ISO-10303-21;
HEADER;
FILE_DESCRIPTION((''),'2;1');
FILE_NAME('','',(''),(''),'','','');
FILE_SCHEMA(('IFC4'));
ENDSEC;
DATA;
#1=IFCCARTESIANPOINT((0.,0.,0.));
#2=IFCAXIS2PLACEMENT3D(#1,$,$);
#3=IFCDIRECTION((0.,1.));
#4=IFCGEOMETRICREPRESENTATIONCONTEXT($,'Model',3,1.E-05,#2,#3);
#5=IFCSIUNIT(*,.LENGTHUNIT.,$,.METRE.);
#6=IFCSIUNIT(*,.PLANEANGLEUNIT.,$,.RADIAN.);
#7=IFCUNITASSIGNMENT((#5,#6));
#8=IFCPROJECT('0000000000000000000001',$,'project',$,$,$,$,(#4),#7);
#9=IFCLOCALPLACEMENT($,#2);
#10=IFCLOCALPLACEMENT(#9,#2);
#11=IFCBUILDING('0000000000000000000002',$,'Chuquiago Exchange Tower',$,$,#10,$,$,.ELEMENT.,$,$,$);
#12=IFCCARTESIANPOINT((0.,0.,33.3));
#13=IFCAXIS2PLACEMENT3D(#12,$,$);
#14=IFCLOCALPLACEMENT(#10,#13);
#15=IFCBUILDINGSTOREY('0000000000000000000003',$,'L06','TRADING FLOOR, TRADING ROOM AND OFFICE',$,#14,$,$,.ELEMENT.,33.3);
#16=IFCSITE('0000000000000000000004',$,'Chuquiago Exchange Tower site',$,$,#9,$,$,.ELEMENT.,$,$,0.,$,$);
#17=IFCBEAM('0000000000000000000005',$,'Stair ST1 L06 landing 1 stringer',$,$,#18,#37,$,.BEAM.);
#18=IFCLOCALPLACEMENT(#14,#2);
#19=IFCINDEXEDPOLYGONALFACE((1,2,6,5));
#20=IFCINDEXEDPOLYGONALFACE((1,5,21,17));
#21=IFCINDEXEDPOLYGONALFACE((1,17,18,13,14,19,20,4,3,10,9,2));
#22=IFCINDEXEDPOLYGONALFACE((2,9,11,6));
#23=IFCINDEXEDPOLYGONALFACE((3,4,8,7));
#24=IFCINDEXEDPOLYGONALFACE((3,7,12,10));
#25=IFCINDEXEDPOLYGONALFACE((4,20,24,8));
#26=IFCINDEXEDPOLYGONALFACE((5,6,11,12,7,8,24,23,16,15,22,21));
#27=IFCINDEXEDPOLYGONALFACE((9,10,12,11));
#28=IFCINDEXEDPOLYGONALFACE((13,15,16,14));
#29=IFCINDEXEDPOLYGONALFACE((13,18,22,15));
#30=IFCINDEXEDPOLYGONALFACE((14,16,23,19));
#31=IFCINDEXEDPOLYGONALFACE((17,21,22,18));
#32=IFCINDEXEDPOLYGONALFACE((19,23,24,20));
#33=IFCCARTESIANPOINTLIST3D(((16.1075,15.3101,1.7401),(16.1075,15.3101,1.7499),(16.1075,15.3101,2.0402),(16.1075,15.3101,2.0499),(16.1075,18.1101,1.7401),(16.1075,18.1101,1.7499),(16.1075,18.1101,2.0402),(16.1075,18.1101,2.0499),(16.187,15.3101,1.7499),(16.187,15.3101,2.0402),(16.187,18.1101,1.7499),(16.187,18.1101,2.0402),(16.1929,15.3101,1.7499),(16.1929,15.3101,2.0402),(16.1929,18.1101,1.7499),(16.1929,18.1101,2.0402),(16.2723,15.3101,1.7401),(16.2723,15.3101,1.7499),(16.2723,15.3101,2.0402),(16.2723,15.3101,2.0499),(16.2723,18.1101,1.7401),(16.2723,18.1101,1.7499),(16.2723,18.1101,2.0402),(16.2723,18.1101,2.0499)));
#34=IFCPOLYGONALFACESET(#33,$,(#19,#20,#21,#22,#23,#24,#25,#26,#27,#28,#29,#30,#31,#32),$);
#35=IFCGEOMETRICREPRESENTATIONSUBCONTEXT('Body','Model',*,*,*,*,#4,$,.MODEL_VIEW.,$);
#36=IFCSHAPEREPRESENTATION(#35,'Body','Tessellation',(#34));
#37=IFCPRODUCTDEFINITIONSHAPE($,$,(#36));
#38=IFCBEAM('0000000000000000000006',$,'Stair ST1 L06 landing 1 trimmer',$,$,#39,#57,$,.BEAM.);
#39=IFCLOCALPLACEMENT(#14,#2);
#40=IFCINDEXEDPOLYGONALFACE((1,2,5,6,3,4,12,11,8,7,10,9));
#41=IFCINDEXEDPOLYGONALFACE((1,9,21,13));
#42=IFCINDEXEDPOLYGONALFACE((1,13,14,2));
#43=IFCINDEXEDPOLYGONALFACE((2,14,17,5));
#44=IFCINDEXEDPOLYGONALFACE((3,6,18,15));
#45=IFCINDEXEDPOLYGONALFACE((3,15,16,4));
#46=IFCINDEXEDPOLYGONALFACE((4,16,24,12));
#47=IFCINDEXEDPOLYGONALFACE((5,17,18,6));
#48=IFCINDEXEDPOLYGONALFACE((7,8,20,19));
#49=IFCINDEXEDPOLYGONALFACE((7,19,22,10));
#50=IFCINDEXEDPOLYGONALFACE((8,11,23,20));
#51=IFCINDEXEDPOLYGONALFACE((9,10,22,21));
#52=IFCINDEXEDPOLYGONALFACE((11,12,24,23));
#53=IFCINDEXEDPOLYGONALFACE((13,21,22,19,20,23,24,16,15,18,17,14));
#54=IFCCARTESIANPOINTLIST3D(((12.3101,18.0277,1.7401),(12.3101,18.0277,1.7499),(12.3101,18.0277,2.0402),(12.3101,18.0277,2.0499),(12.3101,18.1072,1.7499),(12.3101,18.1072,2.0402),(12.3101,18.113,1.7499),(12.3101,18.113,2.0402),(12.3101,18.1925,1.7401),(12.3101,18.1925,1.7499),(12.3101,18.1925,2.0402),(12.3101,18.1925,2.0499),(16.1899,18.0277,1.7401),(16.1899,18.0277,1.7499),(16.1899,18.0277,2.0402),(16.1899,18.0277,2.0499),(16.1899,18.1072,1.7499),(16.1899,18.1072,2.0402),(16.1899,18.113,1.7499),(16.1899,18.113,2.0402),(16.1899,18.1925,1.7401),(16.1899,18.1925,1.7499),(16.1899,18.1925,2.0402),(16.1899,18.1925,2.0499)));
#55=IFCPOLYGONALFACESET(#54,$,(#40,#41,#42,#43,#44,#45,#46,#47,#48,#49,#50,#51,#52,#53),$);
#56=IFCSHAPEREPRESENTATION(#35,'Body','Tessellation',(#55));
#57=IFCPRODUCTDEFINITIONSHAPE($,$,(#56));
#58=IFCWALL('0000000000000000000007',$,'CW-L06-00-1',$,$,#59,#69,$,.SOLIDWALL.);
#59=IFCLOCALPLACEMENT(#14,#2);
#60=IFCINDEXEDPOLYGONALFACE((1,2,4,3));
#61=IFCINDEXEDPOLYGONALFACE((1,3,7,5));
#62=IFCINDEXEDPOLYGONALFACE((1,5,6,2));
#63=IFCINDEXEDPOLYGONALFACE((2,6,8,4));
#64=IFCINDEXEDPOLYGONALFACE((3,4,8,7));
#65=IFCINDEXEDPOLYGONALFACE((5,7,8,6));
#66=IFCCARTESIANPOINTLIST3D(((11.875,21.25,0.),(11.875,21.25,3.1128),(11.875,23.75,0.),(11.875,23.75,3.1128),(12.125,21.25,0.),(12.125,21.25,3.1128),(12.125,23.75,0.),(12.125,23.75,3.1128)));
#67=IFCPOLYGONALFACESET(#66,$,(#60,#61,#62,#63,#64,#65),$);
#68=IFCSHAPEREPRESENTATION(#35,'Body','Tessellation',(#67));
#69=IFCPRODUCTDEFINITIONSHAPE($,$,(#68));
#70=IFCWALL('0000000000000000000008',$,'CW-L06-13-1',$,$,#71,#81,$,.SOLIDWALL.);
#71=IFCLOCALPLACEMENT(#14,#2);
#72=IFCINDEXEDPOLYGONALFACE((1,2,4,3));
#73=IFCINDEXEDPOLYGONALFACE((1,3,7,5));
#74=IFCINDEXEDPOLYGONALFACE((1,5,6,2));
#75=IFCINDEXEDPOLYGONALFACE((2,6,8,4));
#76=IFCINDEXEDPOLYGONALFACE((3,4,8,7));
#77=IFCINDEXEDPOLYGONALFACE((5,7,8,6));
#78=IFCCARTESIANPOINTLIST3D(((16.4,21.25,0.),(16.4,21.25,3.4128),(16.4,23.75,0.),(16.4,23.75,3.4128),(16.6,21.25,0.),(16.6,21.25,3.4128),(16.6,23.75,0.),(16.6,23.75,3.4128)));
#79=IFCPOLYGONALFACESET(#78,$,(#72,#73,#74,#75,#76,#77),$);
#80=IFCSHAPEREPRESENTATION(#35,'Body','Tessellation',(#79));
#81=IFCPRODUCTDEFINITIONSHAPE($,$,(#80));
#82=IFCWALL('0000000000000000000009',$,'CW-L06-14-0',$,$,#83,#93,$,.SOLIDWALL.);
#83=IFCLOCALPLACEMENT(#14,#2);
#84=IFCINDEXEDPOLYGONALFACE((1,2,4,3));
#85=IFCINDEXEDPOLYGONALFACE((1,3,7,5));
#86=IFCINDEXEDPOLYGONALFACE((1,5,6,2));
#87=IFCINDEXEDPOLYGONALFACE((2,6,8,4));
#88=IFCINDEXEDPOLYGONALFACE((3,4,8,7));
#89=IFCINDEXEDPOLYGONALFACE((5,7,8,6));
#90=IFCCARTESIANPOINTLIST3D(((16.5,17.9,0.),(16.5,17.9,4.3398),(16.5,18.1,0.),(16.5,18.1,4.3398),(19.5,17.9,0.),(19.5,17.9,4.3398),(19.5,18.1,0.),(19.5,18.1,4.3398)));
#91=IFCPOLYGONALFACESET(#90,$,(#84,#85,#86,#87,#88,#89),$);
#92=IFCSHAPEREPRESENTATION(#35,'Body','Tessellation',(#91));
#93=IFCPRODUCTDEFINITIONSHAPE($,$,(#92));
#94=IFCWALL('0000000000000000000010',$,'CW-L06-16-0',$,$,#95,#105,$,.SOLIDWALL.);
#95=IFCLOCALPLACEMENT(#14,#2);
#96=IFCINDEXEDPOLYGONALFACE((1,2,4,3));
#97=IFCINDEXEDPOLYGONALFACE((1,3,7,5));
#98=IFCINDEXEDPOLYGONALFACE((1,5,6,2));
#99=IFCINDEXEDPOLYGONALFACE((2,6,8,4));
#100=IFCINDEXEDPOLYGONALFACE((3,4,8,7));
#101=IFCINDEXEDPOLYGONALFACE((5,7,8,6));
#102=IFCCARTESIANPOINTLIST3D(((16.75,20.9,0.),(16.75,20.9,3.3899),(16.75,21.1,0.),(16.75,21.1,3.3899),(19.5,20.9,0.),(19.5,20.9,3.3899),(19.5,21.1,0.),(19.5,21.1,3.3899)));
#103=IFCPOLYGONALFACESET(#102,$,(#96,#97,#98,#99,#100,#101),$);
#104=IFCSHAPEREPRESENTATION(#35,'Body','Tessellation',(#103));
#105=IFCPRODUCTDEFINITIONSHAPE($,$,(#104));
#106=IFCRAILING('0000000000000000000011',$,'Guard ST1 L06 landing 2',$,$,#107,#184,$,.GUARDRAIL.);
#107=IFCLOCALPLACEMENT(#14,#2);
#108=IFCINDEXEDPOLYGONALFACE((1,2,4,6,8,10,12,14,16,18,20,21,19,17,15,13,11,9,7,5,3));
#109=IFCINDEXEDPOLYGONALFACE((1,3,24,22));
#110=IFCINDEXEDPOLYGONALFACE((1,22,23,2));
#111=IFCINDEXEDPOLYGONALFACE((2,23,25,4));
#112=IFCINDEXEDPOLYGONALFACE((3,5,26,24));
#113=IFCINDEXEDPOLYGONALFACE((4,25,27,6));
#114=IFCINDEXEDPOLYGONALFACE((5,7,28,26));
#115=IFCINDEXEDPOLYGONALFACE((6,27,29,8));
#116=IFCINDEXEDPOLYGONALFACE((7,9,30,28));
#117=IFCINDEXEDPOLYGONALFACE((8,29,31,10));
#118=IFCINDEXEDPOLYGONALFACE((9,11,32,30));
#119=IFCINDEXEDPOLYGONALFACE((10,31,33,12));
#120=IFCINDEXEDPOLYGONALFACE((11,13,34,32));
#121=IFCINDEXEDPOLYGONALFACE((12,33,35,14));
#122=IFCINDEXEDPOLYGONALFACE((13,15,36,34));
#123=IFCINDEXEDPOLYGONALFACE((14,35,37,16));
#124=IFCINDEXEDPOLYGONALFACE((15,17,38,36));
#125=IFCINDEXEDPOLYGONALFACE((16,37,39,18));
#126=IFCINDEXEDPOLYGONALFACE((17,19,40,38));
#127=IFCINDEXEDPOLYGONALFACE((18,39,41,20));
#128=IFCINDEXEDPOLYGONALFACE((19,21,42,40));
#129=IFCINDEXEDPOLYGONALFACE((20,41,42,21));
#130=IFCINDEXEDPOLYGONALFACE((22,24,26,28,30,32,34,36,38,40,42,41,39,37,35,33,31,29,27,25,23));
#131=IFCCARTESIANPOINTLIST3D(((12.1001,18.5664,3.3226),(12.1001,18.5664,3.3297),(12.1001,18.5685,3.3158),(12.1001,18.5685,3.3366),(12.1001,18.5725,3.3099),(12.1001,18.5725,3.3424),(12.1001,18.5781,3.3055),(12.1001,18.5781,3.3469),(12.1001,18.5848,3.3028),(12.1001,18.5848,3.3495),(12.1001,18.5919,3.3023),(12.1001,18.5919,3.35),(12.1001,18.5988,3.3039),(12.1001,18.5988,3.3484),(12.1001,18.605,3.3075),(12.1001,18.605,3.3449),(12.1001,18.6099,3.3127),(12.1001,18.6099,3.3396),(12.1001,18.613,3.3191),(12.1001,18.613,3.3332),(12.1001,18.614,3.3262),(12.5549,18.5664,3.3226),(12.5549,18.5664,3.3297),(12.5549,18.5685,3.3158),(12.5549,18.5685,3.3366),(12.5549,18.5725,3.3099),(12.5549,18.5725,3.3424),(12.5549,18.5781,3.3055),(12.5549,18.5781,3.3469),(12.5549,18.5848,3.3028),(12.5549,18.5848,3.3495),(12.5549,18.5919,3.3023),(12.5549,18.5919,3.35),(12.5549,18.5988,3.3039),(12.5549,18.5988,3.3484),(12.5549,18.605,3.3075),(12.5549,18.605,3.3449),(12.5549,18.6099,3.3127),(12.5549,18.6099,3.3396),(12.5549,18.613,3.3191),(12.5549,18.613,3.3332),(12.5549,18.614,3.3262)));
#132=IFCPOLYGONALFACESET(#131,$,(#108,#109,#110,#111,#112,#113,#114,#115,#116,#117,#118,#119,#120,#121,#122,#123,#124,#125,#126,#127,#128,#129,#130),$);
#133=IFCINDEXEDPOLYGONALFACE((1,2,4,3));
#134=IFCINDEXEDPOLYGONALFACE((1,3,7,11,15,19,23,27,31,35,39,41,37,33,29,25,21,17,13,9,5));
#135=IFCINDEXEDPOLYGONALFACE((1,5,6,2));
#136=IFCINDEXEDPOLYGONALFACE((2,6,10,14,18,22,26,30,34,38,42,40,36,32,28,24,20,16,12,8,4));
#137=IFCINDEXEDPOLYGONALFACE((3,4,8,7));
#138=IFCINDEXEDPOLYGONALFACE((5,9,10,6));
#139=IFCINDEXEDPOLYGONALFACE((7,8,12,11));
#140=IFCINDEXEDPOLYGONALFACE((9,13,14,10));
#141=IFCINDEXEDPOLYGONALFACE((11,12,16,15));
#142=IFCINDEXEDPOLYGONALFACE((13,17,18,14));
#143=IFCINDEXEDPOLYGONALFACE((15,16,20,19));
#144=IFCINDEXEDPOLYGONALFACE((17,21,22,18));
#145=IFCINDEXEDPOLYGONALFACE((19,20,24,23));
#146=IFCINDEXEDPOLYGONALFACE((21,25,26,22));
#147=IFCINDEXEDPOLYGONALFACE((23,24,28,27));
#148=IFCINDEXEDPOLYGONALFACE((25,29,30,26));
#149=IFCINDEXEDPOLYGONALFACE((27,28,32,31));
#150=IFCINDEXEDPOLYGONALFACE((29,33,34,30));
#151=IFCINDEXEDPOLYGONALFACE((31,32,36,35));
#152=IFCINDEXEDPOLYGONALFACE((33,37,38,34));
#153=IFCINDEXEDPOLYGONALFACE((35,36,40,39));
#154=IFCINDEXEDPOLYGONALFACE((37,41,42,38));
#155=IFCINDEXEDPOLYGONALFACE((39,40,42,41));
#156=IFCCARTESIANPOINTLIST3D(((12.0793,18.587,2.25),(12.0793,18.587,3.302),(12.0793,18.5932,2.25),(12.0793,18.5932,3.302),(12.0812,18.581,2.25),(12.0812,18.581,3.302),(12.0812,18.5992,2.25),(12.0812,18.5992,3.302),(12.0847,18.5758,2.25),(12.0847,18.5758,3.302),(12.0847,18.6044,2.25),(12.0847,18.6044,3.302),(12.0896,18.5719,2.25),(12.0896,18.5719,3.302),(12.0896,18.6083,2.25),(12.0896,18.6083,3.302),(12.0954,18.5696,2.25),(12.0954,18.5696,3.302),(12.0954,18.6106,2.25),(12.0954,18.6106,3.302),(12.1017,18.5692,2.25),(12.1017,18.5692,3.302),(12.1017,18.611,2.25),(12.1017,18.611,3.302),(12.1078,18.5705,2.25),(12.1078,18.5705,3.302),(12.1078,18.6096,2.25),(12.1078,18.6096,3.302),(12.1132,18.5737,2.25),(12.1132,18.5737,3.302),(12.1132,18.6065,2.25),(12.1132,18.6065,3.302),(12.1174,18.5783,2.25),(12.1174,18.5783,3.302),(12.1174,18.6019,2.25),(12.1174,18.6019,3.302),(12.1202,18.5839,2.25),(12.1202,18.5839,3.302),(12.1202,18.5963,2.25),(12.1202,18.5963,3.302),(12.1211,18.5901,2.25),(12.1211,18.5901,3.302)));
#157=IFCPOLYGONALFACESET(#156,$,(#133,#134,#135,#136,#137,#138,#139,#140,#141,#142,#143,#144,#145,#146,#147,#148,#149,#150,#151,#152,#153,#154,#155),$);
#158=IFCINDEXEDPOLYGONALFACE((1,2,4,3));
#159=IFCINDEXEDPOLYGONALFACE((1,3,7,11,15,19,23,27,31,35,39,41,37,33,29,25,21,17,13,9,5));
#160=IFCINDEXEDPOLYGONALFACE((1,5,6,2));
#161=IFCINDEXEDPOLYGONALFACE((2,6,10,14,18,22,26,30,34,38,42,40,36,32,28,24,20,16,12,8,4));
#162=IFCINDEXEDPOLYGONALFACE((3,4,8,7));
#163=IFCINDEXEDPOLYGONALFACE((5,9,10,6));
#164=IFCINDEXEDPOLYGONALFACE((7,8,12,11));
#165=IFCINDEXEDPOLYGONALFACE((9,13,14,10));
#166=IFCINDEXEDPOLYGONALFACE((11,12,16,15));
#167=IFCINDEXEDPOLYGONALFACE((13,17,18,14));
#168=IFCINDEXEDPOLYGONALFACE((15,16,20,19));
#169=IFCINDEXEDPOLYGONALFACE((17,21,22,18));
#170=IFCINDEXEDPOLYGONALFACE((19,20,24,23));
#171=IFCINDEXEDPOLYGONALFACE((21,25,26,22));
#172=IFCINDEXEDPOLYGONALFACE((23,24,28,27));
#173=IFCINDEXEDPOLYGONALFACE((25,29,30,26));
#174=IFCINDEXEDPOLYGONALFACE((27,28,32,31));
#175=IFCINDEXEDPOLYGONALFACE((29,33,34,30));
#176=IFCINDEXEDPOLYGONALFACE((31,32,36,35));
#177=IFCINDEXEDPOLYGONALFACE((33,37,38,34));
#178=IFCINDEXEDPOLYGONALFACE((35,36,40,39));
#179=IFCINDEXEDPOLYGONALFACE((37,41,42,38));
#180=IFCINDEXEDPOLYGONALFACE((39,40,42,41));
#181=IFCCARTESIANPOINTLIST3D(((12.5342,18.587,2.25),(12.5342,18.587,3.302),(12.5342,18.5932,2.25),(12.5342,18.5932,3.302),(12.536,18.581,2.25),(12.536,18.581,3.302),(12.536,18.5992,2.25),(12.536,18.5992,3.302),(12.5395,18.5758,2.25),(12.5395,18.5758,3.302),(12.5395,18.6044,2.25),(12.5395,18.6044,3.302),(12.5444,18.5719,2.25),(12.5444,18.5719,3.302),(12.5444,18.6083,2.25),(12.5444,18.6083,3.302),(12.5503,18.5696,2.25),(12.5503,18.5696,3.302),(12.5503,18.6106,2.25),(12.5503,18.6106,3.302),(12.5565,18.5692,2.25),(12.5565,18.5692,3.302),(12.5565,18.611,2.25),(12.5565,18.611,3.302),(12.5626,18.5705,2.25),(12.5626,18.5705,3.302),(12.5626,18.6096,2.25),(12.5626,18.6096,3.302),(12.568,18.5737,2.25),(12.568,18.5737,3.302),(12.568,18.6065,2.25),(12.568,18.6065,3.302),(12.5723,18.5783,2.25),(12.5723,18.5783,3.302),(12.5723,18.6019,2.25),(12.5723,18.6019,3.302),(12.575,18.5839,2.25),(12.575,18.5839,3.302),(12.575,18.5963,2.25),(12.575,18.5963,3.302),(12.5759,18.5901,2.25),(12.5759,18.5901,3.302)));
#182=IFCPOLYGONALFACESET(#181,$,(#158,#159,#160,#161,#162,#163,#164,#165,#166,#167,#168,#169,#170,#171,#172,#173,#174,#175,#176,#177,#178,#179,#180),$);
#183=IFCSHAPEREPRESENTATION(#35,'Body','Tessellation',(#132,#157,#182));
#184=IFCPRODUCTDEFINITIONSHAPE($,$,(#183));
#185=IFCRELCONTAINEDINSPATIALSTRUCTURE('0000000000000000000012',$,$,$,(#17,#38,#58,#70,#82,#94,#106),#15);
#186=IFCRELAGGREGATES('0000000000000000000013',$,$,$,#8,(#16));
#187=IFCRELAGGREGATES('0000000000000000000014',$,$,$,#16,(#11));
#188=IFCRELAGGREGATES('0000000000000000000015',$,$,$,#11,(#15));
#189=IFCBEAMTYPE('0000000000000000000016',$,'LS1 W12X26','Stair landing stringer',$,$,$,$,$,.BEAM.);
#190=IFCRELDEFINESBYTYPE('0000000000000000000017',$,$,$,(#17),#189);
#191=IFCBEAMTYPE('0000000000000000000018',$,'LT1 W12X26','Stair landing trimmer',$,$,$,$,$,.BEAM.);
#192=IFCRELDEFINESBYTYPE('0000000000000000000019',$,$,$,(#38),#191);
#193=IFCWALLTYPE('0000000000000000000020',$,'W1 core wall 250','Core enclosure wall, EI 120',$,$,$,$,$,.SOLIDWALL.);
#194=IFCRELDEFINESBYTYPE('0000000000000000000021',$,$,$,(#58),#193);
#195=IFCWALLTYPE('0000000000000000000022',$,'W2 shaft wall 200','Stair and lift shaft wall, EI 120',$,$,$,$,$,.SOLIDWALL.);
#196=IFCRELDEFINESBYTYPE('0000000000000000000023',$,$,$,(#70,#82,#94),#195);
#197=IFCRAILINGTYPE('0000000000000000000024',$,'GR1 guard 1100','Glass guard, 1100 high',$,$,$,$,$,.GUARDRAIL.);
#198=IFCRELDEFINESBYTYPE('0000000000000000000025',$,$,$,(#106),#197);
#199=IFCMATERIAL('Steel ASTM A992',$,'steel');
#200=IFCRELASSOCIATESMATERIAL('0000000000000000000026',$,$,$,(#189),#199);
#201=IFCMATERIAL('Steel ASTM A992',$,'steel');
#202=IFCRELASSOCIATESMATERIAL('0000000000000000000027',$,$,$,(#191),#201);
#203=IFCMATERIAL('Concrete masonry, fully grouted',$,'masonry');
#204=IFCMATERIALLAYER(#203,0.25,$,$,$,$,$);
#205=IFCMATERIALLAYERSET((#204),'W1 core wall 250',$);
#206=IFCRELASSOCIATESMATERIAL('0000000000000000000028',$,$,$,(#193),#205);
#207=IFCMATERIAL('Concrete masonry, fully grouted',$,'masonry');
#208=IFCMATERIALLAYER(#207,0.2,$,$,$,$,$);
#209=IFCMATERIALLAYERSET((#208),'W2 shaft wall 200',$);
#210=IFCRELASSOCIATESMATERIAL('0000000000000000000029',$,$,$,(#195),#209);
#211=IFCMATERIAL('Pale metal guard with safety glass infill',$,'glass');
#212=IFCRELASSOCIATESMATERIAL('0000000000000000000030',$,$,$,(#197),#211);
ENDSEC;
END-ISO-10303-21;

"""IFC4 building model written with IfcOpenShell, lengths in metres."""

from ifc_helpers import new_model, si_unit, direction, frame, frame_2d, origin, origin_2d, place, context, subcontext, project, spatial, rectangle, circle, i_section, extrude, material, layer, layer_set, material_profile, profile_set, type_object, element, save


model = new_model("IFC4")

# Units and contexts
model_context = context("Model", 3, precision=1e-05, world=origin(), true_north=direction((0.0, 1.0)))
body_context = subcontext(model_context, "Body", "Model", "MODEL_VIEW")
ifc_project = project(units=[si_unit("LENGTHUNIT", "METRE"), si_unit("PLANEANGLEUNIT", "RADIAN")], contexts=[model_context])

# Site, building, storey
site_placement = place(None, origin())
site = spatial("IfcSite", under=ifc_project, at=site_placement, Name="Chuquiago Exchange Tower site", CompositionType="ELEMENT", RefElevation=0.0)
building_placement = place(site_placement, origin())
building = spatial("IfcBuilding", under=site, at=building_placement, Name="Chuquiago Exchange Tower", CompositionType="ELEMENT")
storey_placement = place(building_placement, frame((0.0, 0.0, 33.3)))
storey = spatial("IfcBuildingStorey", under=building, at=storey_placement, Name="L06", Description="TRADING FLOOR, TRADING ROOM AND OFFICE", CompositionType="ELEMENT", Elevation=33.3)

# Beams
ifc_material_1 = material(Name="Steel ASTM A992", Category="steel")
ifc_material_profile_1 = material_profile(ifc_material_1, i_section(OverallWidth=0.1648, OverallDepth=0.3098, WebThickness=0.0059, FlangeThickness=0.0098, at=origin_2d()), Name="W12X26")
ifc_profile_set_1 = profile_set([ifc_material_profile_1], Name="Steel ASTM A992")
beam_type_1 = type_object("IfcBeamType", Name="LS1 W12X26", Description="Stair landing stringer", PredefinedType="BEAM", material=ifc_profile_set_1)
for number, where, z_axis, x_axis, name in (
    (1, (16.1899, 15.3101, 1.895), (0.0, 1.0, 0.0), (-1.0, 0.0, 0.0), "Stair ST1 L06 landing 1 stringer"),
):
    element("IfcBeam", number, at=place(storey_placement, frame(where, z_axis=z_axis, x_axis=x_axis)), inside=storey, type_object=beam_type_1, Name=name, PredefinedType="BEAM", context=body_context, shape_type="SweptSolid", body=[
        extrude(i_section(OverallWidth=0.1648, OverallDepth=0.3098, WebThickness=0.0059, FlangeThickness=0.0098, at=origin_2d()), origin(), (0.0, 0.0, 1.0), 2.8),
    ])
ifc_material_2 = material(Name="Steel ASTM A992", Category="steel")
ifc_material_profile_2 = material_profile(ifc_material_2, i_section(OverallWidth=0.1648, OverallDepth=0.3098, WebThickness=0.0059, FlangeThickness=0.0098, at=origin_2d()), Name="W12X26")
ifc_profile_set_2 = profile_set([ifc_material_profile_2], Name="Steel ASTM A992")
beam_type_2 = type_object("IfcBeamType", Name="LT1 W12X26", Description="Stair landing trimmer", PredefinedType="BEAM", material=ifc_profile_set_2)
beam_1_placement = place(storey_placement, frame((12.3101, 18.1101, 1.895), z_axis=(1.0, 0.0, 0.0), x_axis=(0.0, 1.0, 0.0)))
element("IfcBeam", 2, at=beam_1_placement, inside=storey, type_object=beam_type_2, Name="Stair ST1 L06 landing 1 trimmer", PredefinedType="BEAM", context=body_context, shape_type="SweptSolid", body=[
    extrude(i_section(OverallWidth=0.1648, OverallDepth=0.3098, WebThickness=0.0059, FlangeThickness=0.0098, at=origin_2d()), origin(), (0.0, 0.0, 1.0), 3.8799),
])

# Walls
ifc_material_3 = material(Name="Concrete masonry, fully grouted", Category="masonry")
ifc_layer_1 = layer(ifc_material_3, 0.25)
ifc_layer_set_1 = layer_set([ifc_layer_1], Name="W1 core wall 250")
wall_type_1 = type_object("IfcWallType", Name="W1 core wall 250", Description="Core enclosure wall, EI 120", PredefinedType="SOLIDWALL", material=ifc_layer_set_1)
wall_1_placement = place(storey_placement, frame((12.0, 21.25, 0.0), z_axis=(0.0, 0.0, 1.0), x_axis=(0.0, 1.0, 0.0)))
element("IfcWall", 3, at=wall_1_placement, inside=storey, type_object=wall_type_1, Name="CW-L06-00-1", PredefinedType="SOLIDWALL", context=body_context, shape_type="SweptSolid", body=[
    extrude(rectangle(XDim=2.5, YDim=0.25, at=frame_2d((1.25, 0.0))), origin(), (0.0, 0.0, 1.0), 3.1128),
])
ifc_material_4 = material(Name="Concrete masonry, fully grouted", Category="masonry")
ifc_layer_2 = layer(ifc_material_4, 0.2)
ifc_layer_set_2 = layer_set([ifc_layer_2], Name="W2 shaft wall 200")
wall_type_2 = type_object("IfcWallType", Name="W2 shaft wall 200", Description="Stair and lift shaft wall, EI 120", PredefinedType="SOLIDWALL", material=ifc_layer_set_2)
wall_2_placement = place(storey_placement, frame((16.5, 21.25, 0.0), z_axis=(0.0, 0.0, 1.0), x_axis=(0.0, 1.0, 0.0)))
element("IfcWall", 4, at=wall_2_placement, inside=storey, type_object=wall_type_2, Name="CW-L06-13-1", PredefinedType="SOLIDWALL", context=body_context, shape_type="SweptSolid", body=[
    extrude(rectangle(XDim=2.5, YDim=0.2, at=frame_2d((1.25, 0.0))), origin(), (0.0, 0.0, 1.0), 3.4128),
])
wall_3_placement = place(storey_placement, frame((16.5, 18.0, 0.0), z_axis=(0.0, 0.0, 1.0), x_axis=(1.0, 0.0, 0.0)))
element("IfcWall", 5, at=wall_3_placement, inside=storey, type_object=wall_type_2, Name="CW-L06-14-0", PredefinedType="SOLIDWALL", context=body_context, shape_type="SweptSolid", body=[
    extrude(rectangle(XDim=3.0, YDim=0.2, at=frame_2d((1.5, 0.0))), origin(), (0.0, 0.0, 1.0), 4.3398),
])
wall_4_placement = place(storey_placement, frame((16.75, 21.0, 0.0), z_axis=(0.0, 0.0, 1.0), x_axis=(1.0, 0.0, 0.0)))
element("IfcWall", 6, at=wall_4_placement, inside=storey, type_object=wall_type_2, Name="CW-L06-16-0", PredefinedType="SOLIDWALL", context=body_context, shape_type="SweptSolid", body=[
    extrude(rectangle(XDim=2.75, YDim=0.2, at=frame_2d((1.375, 0.0))), origin(), (0.0, 0.0, 1.0), 3.3899),
])

# Railing
ifc_material_5 = material(Name="Pale metal guard with safety glass infill", Category="glass")
railing_type_1 = type_object("IfcRailingType", Name="GR1 guard 1100", Description="Glass guard, 1100 high", PredefinedType="GUARDRAIL", material=ifc_material_5)
for number, where, name in (
    (7, (12.1001, 18.5901, 2.25), "Guard ST1 L06 landing 2"),
):
    element("IfcRailing", number, at=place(storey_placement, frame(where)), inside=storey, type_object=railing_type_1, Name=name, PredefinedType="GUARDRAIL", context=body_context, shape_type="SweptSolid", body=[
        extrude(circle(Radius=0.0239, at=origin_2d()), frame((0.0, 0.0, 1.0762), z_axis=(1.0, 0.0, 0.0), x_axis=(0.0, 1.0, 0.0)), (0.0, 0.0, 1.0), 0.4548),
        extrude(circle(Radius=0.021, at=origin_2d()), origin(), (0.0, 0.0, 1.0), 1.052),
        extrude(circle(Radius=0.021, at=origin_2d()), frame((0.4548, 0.0, 0.0)), (0.0, 0.0, 1.0), 1.052),
    ])

save(model, "model.ifc")
